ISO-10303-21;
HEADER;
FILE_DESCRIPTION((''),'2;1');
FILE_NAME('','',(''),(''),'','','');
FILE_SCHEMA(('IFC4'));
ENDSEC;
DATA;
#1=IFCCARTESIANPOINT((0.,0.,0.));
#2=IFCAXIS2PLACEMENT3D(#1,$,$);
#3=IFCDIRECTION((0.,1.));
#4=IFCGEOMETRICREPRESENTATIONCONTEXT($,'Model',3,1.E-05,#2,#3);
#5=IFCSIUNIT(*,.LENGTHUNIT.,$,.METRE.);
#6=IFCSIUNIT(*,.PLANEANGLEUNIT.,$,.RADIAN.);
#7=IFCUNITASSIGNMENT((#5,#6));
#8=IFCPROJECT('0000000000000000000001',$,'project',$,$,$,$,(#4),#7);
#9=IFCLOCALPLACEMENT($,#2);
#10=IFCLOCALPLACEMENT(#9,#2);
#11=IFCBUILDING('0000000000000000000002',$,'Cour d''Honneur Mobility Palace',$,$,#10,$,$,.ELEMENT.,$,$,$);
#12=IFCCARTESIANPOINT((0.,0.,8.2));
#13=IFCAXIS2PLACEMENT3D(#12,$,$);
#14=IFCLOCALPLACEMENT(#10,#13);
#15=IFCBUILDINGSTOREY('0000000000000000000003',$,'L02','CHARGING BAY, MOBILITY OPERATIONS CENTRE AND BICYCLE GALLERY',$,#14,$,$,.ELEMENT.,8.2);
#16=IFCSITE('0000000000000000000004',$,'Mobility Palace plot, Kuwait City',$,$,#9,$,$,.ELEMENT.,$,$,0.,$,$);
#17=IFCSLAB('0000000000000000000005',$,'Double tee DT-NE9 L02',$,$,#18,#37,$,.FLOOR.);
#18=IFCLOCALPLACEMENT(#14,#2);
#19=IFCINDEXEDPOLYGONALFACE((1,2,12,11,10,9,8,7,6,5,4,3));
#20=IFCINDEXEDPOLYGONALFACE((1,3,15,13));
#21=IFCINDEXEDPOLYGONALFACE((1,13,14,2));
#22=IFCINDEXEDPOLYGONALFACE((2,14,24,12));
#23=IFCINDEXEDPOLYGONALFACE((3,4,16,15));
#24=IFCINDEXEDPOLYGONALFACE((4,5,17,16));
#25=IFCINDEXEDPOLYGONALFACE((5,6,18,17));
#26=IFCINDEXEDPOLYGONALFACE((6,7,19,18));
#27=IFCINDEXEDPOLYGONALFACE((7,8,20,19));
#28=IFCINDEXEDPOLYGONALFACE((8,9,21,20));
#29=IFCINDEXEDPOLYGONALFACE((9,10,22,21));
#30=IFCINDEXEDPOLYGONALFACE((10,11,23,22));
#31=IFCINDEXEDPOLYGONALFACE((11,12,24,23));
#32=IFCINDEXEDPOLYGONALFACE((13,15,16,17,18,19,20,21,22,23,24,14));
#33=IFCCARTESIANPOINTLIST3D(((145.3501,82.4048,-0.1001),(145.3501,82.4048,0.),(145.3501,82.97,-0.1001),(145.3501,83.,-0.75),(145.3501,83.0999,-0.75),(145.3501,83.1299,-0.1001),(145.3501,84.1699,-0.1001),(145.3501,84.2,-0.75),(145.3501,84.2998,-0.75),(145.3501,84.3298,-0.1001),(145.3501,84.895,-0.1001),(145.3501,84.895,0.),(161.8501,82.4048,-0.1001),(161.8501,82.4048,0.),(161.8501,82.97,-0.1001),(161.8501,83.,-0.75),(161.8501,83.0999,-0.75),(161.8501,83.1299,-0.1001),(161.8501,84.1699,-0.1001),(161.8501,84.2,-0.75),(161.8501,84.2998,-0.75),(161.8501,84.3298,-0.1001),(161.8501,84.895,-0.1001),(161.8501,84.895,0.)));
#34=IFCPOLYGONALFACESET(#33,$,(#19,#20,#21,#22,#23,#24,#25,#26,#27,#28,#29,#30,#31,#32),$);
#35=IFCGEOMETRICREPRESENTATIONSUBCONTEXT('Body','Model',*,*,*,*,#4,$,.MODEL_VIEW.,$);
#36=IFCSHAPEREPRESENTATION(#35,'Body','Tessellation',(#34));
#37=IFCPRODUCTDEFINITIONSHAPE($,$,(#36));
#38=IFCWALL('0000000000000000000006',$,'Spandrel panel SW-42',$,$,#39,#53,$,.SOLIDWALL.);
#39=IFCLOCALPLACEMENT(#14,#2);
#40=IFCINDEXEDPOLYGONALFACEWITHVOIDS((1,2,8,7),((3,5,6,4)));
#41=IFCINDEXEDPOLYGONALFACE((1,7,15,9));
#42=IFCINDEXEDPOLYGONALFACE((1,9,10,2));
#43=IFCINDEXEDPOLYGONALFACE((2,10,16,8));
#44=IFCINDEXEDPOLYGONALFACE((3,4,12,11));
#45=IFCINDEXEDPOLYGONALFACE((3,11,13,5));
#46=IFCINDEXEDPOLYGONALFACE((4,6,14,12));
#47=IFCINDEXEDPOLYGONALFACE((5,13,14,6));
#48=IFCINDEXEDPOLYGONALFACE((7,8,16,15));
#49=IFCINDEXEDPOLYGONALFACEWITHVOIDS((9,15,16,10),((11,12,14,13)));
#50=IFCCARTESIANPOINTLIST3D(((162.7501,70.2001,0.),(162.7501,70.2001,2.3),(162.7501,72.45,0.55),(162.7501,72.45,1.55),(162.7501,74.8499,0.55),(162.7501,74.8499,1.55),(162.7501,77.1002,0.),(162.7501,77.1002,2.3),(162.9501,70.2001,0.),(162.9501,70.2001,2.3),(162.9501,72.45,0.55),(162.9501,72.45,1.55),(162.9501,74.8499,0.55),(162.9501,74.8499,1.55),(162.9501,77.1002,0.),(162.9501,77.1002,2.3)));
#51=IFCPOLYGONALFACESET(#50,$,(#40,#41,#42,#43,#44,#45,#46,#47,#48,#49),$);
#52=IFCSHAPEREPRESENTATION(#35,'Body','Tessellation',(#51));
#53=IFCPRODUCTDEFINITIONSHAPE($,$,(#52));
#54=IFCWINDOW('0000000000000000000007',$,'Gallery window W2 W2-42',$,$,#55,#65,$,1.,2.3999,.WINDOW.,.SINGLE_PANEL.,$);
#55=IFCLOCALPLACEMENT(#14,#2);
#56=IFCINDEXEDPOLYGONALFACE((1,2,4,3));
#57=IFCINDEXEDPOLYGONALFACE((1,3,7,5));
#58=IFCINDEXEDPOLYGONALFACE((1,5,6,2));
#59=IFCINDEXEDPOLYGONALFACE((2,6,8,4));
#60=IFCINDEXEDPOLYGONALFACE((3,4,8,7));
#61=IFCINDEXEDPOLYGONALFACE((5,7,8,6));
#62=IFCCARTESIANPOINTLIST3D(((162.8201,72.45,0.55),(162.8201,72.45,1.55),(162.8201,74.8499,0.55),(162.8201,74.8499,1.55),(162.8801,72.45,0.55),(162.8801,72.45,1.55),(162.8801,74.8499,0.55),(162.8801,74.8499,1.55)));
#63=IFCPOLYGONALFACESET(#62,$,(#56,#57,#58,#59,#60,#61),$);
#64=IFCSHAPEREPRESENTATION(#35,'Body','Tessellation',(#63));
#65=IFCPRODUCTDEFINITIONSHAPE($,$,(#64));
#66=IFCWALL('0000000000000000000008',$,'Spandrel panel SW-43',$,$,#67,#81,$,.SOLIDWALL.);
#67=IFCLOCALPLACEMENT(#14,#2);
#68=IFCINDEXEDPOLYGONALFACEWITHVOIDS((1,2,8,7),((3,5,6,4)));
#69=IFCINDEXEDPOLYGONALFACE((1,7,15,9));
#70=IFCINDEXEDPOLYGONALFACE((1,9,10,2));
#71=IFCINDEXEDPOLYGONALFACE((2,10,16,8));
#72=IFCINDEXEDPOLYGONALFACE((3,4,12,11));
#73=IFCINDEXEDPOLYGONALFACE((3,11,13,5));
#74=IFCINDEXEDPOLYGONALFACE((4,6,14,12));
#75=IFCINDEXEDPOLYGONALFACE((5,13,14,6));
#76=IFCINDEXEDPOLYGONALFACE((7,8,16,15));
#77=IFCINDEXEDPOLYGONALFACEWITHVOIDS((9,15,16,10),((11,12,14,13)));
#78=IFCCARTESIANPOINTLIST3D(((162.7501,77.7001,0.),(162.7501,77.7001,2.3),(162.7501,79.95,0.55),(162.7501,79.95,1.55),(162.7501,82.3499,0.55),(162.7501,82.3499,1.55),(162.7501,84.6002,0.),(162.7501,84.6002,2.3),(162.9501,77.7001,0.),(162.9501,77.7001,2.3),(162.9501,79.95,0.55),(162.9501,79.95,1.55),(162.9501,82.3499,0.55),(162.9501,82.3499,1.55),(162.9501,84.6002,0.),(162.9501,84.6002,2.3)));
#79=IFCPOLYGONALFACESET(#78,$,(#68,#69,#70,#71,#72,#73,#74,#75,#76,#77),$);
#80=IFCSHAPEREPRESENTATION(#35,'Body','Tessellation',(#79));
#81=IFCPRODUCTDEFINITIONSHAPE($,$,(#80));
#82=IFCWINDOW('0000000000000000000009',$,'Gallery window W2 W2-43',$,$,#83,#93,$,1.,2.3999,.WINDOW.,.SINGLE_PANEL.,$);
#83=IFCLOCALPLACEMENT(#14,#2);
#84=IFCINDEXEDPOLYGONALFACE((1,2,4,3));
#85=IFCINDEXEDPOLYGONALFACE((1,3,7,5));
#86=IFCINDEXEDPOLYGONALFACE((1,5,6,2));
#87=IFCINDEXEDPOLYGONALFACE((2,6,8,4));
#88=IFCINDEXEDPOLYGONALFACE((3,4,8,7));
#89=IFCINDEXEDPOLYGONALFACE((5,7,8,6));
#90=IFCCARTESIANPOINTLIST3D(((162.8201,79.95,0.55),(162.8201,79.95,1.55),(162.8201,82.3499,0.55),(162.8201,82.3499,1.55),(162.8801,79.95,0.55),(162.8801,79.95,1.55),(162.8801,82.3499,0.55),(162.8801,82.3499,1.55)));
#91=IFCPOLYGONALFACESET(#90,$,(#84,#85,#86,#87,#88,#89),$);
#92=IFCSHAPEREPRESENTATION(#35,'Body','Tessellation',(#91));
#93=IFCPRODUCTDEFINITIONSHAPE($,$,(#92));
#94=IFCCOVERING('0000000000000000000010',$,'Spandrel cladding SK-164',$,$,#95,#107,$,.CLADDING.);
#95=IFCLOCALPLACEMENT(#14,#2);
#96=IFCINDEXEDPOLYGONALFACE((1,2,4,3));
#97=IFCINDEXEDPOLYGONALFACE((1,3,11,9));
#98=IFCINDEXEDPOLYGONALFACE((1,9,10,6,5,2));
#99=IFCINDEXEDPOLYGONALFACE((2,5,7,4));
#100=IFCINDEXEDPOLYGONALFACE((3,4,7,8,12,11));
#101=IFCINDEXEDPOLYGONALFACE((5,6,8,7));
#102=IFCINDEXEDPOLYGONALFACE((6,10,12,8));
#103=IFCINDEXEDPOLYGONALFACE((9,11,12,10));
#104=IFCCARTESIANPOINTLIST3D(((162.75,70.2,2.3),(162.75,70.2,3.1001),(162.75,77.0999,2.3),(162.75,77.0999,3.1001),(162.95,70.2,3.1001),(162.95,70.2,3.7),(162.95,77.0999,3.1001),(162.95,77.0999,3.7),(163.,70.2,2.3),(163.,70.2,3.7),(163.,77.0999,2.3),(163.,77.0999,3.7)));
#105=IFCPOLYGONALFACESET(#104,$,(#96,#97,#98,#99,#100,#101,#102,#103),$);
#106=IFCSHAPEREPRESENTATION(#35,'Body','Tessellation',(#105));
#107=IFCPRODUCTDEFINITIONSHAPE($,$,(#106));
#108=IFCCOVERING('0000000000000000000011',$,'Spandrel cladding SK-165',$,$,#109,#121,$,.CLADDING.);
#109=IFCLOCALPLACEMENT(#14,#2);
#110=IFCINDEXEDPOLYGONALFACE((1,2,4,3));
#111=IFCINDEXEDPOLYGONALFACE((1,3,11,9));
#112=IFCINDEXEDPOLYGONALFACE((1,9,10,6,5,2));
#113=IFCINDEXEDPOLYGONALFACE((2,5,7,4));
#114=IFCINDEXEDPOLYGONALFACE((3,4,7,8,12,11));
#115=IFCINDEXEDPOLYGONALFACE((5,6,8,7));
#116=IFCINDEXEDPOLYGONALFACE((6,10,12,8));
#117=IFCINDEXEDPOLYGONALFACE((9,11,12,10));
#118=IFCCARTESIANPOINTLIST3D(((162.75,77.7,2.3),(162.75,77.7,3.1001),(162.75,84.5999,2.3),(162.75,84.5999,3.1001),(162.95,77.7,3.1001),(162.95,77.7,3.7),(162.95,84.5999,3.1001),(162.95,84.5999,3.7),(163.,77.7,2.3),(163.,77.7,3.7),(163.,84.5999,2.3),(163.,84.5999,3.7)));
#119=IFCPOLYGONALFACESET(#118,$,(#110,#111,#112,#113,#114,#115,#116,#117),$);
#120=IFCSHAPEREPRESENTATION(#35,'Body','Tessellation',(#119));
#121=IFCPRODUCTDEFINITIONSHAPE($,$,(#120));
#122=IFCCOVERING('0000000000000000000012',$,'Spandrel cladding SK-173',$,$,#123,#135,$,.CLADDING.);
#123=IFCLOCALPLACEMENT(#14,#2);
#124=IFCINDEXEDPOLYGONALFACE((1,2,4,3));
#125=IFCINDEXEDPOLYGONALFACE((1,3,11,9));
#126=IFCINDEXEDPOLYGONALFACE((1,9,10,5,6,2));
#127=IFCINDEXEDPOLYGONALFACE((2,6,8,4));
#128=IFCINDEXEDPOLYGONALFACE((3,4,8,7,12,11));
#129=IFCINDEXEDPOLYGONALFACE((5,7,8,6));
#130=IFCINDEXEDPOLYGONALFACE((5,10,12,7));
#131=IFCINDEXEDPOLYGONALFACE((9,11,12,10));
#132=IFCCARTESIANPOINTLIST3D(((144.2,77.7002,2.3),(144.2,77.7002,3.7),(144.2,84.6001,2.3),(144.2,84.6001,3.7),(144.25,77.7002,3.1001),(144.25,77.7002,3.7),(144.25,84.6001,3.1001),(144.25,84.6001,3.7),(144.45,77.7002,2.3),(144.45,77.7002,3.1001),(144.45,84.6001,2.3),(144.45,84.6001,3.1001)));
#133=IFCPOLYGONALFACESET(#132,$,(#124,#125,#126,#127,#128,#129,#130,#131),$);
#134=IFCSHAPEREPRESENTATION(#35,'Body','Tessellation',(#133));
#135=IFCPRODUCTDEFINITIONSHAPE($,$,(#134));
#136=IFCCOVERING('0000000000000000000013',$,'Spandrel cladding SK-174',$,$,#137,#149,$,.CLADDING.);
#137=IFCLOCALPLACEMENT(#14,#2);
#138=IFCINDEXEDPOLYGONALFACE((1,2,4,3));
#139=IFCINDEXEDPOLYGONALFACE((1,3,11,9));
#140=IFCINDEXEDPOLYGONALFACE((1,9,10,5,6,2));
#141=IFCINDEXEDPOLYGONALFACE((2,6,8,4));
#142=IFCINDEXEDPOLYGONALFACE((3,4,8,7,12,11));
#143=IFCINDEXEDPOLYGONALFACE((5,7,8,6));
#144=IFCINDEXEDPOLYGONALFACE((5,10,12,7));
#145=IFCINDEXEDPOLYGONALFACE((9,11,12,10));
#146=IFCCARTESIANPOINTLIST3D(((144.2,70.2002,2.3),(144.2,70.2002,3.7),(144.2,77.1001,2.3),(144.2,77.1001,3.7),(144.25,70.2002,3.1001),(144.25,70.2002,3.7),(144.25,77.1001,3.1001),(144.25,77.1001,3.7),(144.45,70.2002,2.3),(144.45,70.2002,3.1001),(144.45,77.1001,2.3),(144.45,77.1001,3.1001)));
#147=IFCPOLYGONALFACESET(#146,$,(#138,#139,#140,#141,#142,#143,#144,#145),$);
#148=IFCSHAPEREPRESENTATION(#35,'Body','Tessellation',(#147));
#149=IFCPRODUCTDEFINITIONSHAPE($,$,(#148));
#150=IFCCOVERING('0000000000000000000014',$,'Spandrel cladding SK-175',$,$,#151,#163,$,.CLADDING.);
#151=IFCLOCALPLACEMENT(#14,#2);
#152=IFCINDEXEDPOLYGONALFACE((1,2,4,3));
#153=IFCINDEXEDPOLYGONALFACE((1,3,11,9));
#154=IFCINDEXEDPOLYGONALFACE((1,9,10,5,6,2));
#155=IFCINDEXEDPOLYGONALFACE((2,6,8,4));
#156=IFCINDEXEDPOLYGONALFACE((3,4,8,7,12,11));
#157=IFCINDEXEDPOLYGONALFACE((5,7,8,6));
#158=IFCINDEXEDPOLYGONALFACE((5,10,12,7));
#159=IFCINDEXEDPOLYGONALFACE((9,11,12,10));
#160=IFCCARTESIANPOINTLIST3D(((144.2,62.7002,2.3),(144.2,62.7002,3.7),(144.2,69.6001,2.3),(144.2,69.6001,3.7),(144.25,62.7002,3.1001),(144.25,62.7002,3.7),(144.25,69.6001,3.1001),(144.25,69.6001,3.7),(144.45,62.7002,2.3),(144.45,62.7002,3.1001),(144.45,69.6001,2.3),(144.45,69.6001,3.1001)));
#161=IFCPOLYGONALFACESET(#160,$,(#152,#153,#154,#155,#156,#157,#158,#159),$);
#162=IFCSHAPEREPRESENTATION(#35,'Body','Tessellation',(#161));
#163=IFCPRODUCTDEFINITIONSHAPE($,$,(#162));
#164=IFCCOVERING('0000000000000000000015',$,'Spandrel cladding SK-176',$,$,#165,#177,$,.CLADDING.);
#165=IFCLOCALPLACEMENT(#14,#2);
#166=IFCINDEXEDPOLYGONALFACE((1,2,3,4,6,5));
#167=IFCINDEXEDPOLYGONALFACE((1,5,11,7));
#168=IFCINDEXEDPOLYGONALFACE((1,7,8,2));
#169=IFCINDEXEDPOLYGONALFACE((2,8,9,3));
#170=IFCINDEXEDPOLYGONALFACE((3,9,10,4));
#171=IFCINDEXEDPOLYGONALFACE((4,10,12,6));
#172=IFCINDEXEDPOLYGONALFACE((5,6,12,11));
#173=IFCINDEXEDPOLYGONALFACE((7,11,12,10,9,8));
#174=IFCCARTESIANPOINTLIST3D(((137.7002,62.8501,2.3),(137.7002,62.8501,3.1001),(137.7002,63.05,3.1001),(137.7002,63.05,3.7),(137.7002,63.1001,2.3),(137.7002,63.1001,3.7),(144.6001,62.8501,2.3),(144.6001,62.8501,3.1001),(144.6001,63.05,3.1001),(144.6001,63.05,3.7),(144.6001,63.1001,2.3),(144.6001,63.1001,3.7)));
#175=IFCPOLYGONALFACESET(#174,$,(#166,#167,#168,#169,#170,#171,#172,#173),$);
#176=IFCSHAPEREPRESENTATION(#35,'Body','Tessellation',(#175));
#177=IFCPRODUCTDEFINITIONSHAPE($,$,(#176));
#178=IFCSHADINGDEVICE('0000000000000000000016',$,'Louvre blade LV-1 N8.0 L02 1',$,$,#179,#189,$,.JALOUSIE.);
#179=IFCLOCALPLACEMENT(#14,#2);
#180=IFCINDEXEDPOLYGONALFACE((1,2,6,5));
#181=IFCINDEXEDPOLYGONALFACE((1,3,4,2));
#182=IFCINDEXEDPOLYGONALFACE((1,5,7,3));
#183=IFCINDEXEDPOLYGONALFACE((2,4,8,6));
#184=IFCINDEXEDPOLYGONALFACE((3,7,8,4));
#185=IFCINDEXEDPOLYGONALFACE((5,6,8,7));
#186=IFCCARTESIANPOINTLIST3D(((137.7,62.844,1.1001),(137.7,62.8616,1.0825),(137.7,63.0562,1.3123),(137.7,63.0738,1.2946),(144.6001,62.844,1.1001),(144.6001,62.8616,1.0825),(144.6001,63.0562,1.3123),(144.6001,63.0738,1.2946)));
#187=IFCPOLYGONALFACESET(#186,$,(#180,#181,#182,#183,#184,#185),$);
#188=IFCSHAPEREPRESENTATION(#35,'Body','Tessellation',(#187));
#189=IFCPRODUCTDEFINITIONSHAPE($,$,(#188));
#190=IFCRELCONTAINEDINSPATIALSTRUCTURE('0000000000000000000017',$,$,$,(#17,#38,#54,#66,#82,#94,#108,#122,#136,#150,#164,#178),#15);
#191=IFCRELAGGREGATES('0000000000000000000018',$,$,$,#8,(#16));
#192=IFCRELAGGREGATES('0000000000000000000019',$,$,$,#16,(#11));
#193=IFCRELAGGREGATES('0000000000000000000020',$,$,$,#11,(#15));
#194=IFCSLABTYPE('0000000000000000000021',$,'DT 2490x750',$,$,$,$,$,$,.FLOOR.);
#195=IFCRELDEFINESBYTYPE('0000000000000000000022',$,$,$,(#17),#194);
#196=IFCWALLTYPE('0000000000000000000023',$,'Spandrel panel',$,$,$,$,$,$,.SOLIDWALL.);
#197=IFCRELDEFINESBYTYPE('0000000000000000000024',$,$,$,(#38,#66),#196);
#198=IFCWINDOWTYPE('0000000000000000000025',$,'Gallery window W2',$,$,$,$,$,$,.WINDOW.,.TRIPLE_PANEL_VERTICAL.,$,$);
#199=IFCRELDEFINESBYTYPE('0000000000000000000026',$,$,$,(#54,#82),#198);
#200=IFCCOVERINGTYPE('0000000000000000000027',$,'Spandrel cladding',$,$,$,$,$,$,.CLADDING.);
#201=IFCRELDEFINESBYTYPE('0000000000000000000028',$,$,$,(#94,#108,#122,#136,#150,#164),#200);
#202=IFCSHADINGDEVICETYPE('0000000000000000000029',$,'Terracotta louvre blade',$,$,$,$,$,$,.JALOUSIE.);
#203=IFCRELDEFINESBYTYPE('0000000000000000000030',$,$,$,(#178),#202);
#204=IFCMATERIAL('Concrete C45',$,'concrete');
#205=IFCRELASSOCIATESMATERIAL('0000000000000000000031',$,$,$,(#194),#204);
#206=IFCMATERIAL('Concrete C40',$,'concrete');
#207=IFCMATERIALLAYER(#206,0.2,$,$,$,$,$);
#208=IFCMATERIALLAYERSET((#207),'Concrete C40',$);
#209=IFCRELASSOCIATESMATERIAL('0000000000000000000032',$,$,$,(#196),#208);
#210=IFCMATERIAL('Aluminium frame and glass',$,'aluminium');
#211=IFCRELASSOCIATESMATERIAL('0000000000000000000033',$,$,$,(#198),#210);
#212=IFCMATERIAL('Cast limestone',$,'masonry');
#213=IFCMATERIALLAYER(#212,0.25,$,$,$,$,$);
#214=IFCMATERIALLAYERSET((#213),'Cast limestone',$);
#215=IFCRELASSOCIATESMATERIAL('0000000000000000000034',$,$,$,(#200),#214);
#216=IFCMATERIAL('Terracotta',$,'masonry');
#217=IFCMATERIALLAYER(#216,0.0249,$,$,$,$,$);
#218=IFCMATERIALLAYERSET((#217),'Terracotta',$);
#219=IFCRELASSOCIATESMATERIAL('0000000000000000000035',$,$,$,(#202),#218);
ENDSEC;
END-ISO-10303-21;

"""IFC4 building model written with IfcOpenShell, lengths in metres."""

from ifc_helpers import new_model, si_unit, direction, frame, frame_2d, origin, place, context, subcontext, project, spatial, polyline, rectangle, outline, extrude, material, layer, layer_set, material_profile, profile_set, type_object, element, fill, save


model = new_model("IFC4")

# Units and contexts
model_context = context("Model", 3, precision=1e-05, world=origin(), true_north=direction((0.0, 1.0)))
body_context = subcontext(model_context, "Body", "Model", "MODEL_VIEW")
ifc_project = project(units=[si_unit("LENGTHUNIT", "METRE"), si_unit("PLANEANGLEUNIT", "RADIAN")], contexts=[model_context])

# Site, building, storey
site_placement = place(None, origin())
site = spatial("IfcSite", under=ifc_project, at=site_placement, Name="Mobility Palace plot, Kuwait City", CompositionType="ELEMENT", RefElevation=0.0)
building_placement = place(site_placement, origin())
building = spatial("IfcBuilding", under=site, at=building_placement, Name="Cour d'Honneur Mobility Palace", CompositionType="ELEMENT")
storey_placement = place(building_placement, frame((0.0, 0.0, 8.2)))
storey = spatial("IfcBuildingStorey", under=building, at=storey_placement, Name="L02", Description="CHARGING BAY, MOBILITY OPERATIONS CENTRE AND BICYCLE GALLERY", CompositionType="ELEMENT", Elevation=8.2)

# Slab
ifc_material_1 = material(Name="Concrete C45", Category="concrete")
ifc_material_profile_1 = material_profile(ifc_material_1, outline(polyline([(-1.2451, 0.0), (1.2451, 0.0), (1.2451, -0.1001), (0.6799, -0.1001), (0.6499, -0.75), (0.55, -0.75), (0.52, -0.1001), (-0.52, -0.1001), (-0.55, -0.75), (-0.6499, -0.75), (-0.6799, -0.1001), (-1.2451, -0.1001), (-1.2451, 0.0)])), Name="DT 2490x750")
ifc_profile_set_1 = profile_set([ifc_material_profile_1], Name="Concrete C45")
slab_type = type_object("IfcSlabType", Name="DT 2490x750", PredefinedType="FLOOR", material=ifc_profile_set_1)
slab_1_placement = place(storey_placement, frame((145.3501, 83.6499, 0.0), z_axis=(1.0, 0.0, 0.0), x_axis=(0.0, 1.0, 0.0)))
element("IfcSlab", 1, at=slab_1_placement, inside=storey, type_object=slab_type, Name="Double tee DT-NE9 L02", PredefinedType="FLOOR", context=body_context, shape_type="SweptSolid", body=[
    extrude(outline(polyline([(-1.2451, 0.0), (1.2451, 0.0), (1.2451, -0.1001), (0.6799, -0.1001), (0.6499, -0.75), (0.55, -0.75), (0.52, -0.1001), (-0.52, -0.1001), (-0.55, -0.75), (-0.6499, -0.75), (-0.6799, -0.1001), (-1.2451, -0.1001), (-1.2451, 0.0)])), origin(), (0.0, 0.0, 1.0), 16.5),
])

# Walls, openings, windows
ifc_material_2 = material(Name="Concrete C40", Category="concrete")
ifc_layer_1 = layer(ifc_material_2, 0.2)
ifc_layer_set_1 = layer_set([ifc_layer_1], Name="Concrete C40")
wall_type = type_object("IfcWallType", Name="Spandrel panel", PredefinedType="SOLIDWALL", material=ifc_layer_set_1)
wall_1_placement = place(storey_placement, frame((162.8501, 70.2, 0.0), z_axis=(0.0, 0.0, 1.0), x_axis=(0.0, 1.0, 0.0)))
wall_1 = element("IfcWall", 2, at=wall_1_placement, inside=storey, type_object=wall_type, Name="Spandrel panel SW-42", PredefinedType="SOLIDWALL", context=body_context, shape_type="SweptSolid", body=[
    extrude(rectangle(XDim=6.9001, YDim=0.2, at=frame_2d((3.4502, 0.0))), origin(), (0.0, 0.0, 1.0), 2.3),
])
opening_1_placement = place(wall_1_placement, frame((2.25, 0.0, 0.55)))
opening_1 = element("IfcOpeningElement", 3, at=opening_1_placement, cuts=wall_1, PredefinedType="OPENING", context=body_context, shape_type="SweptSolid", body=[
    extrude(rectangle(XDim=2.3999, YDim=1.0, at=frame_2d((1.2, 0.5))), frame((0.0, 0.1099, 0.0), z_axis=(0.0, -1.0, 0.0), x_axis=(1.0, 0.0, 0.0)), (0.0, 0.0, 1.0), 0.22),
])
ifc_material_3 = material(Name="Aluminium frame and glass", Category="aluminium")
window_type = type_object("IfcWindowType", Name="Gallery window W2", PartitioningType="TRIPLE_PANEL_VERTICAL", PredefinedType="WINDOW", material=ifc_material_3)
window_1_placement = place(opening_1_placement, origin())
window_1 = element("IfcWindow", 4, at=window_1_placement, inside=storey, type_object=window_type, Name="Gallery window W2 W2-42", OverallHeight=1.0, OverallWidth=2.3999, PartitioningType="SINGLE_PANEL", PredefinedType="WINDOW", context=body_context, shape_type="SweptSolid", body=[
    extrude(rectangle(XDim=2.3999, YDim=1.0, at=frame_2d((1.2, 0.5))), frame((0.0, 0.03, 0.0), z_axis=(0.0, -1.0, 0.0), x_axis=(1.0, 0.0, 0.0)), (0.0, 0.0, 1.0), 0.0601),
])
fill(opening_1, window_1)
wall_2_placement = place(storey_placement, frame((162.8501, 77.7, 0.0), z_axis=(0.0, 0.0, 1.0), x_axis=(0.0, 1.0, 0.0)))
wall_2 = element("IfcWall", 5, at=wall_2_placement, inside=storey, type_object=wall_type, Name="Spandrel panel SW-43", PredefinedType="SOLIDWALL", context=body_context, shape_type="SweptSolid", body=[
    extrude(rectangle(XDim=6.9001, YDim=0.2, at=frame_2d((3.4502, 0.0))), origin(), (0.0, 0.0, 1.0), 2.3),
])
opening_2_placement = place(wall_2_placement, frame((2.25, 0.0, 0.55)))
opening_2 = element("IfcOpeningElement", 6, at=opening_2_placement, cuts=wall_2, PredefinedType="OPENING", context=body_context, shape_type="SweptSolid", body=[
    extrude(rectangle(XDim=2.3999, YDim=1.0, at=frame_2d((1.2, 0.5))), frame((0.0, 0.1099, 0.0), z_axis=(0.0, -1.0, 0.0), x_axis=(1.0, 0.0, 0.0)), (0.0, 0.0, 1.0), 0.22),
])
window_2_placement = place(opening_2_placement, origin())
window_2 = element("IfcWindow", 7, at=window_2_placement, inside=storey, type_object=window_type, Name="Gallery window W2 W2-43", OverallHeight=1.0, OverallWidth=2.3999, PartitioningType="SINGLE_PANEL", PredefinedType="WINDOW", context=body_context, shape_type="SweptSolid", body=[
    extrude(rectangle(XDim=2.3999, YDim=1.0, at=frame_2d((1.2, 0.5))), frame((0.0, 0.03, 0.0), z_axis=(0.0, -1.0, 0.0), x_axis=(1.0, 0.0, 0.0)), (0.0, 0.0, 1.0), 0.0601),
])
fill(opening_2, window_2)

# Coverings
ifc_material_4 = material(Name="Cast limestone", Category="masonry")
ifc_layer_2 = layer(ifc_material_4, 0.25)
ifc_layer_set_2 = layer_set([ifc_layer_2], Name="Cast limestone")
covering_type = type_object("IfcCoveringType", Name="Spandrel cladding", PredefinedType="CLADDING", material=ifc_layer_set_2)
for number, where, z_axis, x_axis, name in (
    (8, (162.75, 70.2, 2.3), (0.0, -1.0, 0.0), (1.0, 0.0, 0.0), "Spandrel cladding SK-164"),
    (9, (162.75, 77.7, 2.3), (0.0, -1.0, 0.0), (1.0, 0.0, 0.0), "Spandrel cladding SK-165"),
    (10, (144.45, 84.6001, 2.3), (0.0, 1.0, 0.0), (-1.0, 0.0, 0.0), "Spandrel cladding SK-173"),
    (11, (144.45, 77.1001, 2.3), (0.0, 1.0, 0.0), (-1.0, 0.0, 0.0), "Spandrel cladding SK-174"),
    (12, (144.45, 69.6001, 2.3), (0.0, 1.0, 0.0), (-1.0, 0.0, 0.0), "Spandrel cladding SK-175"),
    (13, (144.6001, 62.8501, 2.3), (1.0, 0.0, 0.0), (0.0, 1.0, 0.0), "Spandrel cladding SK-176"),
):
    element("IfcCovering", number, at=place(storey_placement, frame(where, z_axis=z_axis, x_axis=x_axis)), inside=storey, type_object=covering_type, Name=name, PredefinedType="CLADDING", context=body_context, shape_type="SweptSolid", body=[
        extrude(outline(polyline([(0.0, 0.0), (0.25, 0.0), (0.25, 1.3999), (0.2, 1.3999), (0.2, 0.8), (0.0, 0.8), (0.0, 0.0)])), origin(), (0.0, 0.0, -1.0), 6.8999),
    ])

# Shading device
ifc_material_5 = material(Name="Terracotta", Category="masonry")
ifc_layer_3 = layer(ifc_material_5, 0.0249)
ifc_layer_set_3 = layer_set([ifc_layer_3], Name="Terracotta")
shading_device_type = type_object("IfcShadingDeviceType", Name="Terracotta louvre blade", PredefinedType="JALOUSIE", material=ifc_layer_set_3)
for number, where, z_axis, x_axis, name in (
    (14, (144.6001, 62.844, 1.1001), (0.0, -0.707107, 0.707107), (-1.0, 0.0, 0.0), "Louvre blade LV-1 N8.0 L02 1"),
):
    element("IfcShadingDevice", number, at=place(storey_placement, frame(where, z_axis=z_axis, x_axis=x_axis)), inside=storey, type_object=shading_device_type, Name=name, PredefinedType="JALOUSIE", context=body_context, shape_type="SweptSolid", body=[
        extrude(outline(polyline([(0.0, 0.0), (6.9001, 0.0), (6.9001, -0.3), (0.0, -0.3), (0.0, 0.0)])), origin(), (0.0, 0.0, -1.0), 0.0249),
    ])

save(model, "model.ifc")
